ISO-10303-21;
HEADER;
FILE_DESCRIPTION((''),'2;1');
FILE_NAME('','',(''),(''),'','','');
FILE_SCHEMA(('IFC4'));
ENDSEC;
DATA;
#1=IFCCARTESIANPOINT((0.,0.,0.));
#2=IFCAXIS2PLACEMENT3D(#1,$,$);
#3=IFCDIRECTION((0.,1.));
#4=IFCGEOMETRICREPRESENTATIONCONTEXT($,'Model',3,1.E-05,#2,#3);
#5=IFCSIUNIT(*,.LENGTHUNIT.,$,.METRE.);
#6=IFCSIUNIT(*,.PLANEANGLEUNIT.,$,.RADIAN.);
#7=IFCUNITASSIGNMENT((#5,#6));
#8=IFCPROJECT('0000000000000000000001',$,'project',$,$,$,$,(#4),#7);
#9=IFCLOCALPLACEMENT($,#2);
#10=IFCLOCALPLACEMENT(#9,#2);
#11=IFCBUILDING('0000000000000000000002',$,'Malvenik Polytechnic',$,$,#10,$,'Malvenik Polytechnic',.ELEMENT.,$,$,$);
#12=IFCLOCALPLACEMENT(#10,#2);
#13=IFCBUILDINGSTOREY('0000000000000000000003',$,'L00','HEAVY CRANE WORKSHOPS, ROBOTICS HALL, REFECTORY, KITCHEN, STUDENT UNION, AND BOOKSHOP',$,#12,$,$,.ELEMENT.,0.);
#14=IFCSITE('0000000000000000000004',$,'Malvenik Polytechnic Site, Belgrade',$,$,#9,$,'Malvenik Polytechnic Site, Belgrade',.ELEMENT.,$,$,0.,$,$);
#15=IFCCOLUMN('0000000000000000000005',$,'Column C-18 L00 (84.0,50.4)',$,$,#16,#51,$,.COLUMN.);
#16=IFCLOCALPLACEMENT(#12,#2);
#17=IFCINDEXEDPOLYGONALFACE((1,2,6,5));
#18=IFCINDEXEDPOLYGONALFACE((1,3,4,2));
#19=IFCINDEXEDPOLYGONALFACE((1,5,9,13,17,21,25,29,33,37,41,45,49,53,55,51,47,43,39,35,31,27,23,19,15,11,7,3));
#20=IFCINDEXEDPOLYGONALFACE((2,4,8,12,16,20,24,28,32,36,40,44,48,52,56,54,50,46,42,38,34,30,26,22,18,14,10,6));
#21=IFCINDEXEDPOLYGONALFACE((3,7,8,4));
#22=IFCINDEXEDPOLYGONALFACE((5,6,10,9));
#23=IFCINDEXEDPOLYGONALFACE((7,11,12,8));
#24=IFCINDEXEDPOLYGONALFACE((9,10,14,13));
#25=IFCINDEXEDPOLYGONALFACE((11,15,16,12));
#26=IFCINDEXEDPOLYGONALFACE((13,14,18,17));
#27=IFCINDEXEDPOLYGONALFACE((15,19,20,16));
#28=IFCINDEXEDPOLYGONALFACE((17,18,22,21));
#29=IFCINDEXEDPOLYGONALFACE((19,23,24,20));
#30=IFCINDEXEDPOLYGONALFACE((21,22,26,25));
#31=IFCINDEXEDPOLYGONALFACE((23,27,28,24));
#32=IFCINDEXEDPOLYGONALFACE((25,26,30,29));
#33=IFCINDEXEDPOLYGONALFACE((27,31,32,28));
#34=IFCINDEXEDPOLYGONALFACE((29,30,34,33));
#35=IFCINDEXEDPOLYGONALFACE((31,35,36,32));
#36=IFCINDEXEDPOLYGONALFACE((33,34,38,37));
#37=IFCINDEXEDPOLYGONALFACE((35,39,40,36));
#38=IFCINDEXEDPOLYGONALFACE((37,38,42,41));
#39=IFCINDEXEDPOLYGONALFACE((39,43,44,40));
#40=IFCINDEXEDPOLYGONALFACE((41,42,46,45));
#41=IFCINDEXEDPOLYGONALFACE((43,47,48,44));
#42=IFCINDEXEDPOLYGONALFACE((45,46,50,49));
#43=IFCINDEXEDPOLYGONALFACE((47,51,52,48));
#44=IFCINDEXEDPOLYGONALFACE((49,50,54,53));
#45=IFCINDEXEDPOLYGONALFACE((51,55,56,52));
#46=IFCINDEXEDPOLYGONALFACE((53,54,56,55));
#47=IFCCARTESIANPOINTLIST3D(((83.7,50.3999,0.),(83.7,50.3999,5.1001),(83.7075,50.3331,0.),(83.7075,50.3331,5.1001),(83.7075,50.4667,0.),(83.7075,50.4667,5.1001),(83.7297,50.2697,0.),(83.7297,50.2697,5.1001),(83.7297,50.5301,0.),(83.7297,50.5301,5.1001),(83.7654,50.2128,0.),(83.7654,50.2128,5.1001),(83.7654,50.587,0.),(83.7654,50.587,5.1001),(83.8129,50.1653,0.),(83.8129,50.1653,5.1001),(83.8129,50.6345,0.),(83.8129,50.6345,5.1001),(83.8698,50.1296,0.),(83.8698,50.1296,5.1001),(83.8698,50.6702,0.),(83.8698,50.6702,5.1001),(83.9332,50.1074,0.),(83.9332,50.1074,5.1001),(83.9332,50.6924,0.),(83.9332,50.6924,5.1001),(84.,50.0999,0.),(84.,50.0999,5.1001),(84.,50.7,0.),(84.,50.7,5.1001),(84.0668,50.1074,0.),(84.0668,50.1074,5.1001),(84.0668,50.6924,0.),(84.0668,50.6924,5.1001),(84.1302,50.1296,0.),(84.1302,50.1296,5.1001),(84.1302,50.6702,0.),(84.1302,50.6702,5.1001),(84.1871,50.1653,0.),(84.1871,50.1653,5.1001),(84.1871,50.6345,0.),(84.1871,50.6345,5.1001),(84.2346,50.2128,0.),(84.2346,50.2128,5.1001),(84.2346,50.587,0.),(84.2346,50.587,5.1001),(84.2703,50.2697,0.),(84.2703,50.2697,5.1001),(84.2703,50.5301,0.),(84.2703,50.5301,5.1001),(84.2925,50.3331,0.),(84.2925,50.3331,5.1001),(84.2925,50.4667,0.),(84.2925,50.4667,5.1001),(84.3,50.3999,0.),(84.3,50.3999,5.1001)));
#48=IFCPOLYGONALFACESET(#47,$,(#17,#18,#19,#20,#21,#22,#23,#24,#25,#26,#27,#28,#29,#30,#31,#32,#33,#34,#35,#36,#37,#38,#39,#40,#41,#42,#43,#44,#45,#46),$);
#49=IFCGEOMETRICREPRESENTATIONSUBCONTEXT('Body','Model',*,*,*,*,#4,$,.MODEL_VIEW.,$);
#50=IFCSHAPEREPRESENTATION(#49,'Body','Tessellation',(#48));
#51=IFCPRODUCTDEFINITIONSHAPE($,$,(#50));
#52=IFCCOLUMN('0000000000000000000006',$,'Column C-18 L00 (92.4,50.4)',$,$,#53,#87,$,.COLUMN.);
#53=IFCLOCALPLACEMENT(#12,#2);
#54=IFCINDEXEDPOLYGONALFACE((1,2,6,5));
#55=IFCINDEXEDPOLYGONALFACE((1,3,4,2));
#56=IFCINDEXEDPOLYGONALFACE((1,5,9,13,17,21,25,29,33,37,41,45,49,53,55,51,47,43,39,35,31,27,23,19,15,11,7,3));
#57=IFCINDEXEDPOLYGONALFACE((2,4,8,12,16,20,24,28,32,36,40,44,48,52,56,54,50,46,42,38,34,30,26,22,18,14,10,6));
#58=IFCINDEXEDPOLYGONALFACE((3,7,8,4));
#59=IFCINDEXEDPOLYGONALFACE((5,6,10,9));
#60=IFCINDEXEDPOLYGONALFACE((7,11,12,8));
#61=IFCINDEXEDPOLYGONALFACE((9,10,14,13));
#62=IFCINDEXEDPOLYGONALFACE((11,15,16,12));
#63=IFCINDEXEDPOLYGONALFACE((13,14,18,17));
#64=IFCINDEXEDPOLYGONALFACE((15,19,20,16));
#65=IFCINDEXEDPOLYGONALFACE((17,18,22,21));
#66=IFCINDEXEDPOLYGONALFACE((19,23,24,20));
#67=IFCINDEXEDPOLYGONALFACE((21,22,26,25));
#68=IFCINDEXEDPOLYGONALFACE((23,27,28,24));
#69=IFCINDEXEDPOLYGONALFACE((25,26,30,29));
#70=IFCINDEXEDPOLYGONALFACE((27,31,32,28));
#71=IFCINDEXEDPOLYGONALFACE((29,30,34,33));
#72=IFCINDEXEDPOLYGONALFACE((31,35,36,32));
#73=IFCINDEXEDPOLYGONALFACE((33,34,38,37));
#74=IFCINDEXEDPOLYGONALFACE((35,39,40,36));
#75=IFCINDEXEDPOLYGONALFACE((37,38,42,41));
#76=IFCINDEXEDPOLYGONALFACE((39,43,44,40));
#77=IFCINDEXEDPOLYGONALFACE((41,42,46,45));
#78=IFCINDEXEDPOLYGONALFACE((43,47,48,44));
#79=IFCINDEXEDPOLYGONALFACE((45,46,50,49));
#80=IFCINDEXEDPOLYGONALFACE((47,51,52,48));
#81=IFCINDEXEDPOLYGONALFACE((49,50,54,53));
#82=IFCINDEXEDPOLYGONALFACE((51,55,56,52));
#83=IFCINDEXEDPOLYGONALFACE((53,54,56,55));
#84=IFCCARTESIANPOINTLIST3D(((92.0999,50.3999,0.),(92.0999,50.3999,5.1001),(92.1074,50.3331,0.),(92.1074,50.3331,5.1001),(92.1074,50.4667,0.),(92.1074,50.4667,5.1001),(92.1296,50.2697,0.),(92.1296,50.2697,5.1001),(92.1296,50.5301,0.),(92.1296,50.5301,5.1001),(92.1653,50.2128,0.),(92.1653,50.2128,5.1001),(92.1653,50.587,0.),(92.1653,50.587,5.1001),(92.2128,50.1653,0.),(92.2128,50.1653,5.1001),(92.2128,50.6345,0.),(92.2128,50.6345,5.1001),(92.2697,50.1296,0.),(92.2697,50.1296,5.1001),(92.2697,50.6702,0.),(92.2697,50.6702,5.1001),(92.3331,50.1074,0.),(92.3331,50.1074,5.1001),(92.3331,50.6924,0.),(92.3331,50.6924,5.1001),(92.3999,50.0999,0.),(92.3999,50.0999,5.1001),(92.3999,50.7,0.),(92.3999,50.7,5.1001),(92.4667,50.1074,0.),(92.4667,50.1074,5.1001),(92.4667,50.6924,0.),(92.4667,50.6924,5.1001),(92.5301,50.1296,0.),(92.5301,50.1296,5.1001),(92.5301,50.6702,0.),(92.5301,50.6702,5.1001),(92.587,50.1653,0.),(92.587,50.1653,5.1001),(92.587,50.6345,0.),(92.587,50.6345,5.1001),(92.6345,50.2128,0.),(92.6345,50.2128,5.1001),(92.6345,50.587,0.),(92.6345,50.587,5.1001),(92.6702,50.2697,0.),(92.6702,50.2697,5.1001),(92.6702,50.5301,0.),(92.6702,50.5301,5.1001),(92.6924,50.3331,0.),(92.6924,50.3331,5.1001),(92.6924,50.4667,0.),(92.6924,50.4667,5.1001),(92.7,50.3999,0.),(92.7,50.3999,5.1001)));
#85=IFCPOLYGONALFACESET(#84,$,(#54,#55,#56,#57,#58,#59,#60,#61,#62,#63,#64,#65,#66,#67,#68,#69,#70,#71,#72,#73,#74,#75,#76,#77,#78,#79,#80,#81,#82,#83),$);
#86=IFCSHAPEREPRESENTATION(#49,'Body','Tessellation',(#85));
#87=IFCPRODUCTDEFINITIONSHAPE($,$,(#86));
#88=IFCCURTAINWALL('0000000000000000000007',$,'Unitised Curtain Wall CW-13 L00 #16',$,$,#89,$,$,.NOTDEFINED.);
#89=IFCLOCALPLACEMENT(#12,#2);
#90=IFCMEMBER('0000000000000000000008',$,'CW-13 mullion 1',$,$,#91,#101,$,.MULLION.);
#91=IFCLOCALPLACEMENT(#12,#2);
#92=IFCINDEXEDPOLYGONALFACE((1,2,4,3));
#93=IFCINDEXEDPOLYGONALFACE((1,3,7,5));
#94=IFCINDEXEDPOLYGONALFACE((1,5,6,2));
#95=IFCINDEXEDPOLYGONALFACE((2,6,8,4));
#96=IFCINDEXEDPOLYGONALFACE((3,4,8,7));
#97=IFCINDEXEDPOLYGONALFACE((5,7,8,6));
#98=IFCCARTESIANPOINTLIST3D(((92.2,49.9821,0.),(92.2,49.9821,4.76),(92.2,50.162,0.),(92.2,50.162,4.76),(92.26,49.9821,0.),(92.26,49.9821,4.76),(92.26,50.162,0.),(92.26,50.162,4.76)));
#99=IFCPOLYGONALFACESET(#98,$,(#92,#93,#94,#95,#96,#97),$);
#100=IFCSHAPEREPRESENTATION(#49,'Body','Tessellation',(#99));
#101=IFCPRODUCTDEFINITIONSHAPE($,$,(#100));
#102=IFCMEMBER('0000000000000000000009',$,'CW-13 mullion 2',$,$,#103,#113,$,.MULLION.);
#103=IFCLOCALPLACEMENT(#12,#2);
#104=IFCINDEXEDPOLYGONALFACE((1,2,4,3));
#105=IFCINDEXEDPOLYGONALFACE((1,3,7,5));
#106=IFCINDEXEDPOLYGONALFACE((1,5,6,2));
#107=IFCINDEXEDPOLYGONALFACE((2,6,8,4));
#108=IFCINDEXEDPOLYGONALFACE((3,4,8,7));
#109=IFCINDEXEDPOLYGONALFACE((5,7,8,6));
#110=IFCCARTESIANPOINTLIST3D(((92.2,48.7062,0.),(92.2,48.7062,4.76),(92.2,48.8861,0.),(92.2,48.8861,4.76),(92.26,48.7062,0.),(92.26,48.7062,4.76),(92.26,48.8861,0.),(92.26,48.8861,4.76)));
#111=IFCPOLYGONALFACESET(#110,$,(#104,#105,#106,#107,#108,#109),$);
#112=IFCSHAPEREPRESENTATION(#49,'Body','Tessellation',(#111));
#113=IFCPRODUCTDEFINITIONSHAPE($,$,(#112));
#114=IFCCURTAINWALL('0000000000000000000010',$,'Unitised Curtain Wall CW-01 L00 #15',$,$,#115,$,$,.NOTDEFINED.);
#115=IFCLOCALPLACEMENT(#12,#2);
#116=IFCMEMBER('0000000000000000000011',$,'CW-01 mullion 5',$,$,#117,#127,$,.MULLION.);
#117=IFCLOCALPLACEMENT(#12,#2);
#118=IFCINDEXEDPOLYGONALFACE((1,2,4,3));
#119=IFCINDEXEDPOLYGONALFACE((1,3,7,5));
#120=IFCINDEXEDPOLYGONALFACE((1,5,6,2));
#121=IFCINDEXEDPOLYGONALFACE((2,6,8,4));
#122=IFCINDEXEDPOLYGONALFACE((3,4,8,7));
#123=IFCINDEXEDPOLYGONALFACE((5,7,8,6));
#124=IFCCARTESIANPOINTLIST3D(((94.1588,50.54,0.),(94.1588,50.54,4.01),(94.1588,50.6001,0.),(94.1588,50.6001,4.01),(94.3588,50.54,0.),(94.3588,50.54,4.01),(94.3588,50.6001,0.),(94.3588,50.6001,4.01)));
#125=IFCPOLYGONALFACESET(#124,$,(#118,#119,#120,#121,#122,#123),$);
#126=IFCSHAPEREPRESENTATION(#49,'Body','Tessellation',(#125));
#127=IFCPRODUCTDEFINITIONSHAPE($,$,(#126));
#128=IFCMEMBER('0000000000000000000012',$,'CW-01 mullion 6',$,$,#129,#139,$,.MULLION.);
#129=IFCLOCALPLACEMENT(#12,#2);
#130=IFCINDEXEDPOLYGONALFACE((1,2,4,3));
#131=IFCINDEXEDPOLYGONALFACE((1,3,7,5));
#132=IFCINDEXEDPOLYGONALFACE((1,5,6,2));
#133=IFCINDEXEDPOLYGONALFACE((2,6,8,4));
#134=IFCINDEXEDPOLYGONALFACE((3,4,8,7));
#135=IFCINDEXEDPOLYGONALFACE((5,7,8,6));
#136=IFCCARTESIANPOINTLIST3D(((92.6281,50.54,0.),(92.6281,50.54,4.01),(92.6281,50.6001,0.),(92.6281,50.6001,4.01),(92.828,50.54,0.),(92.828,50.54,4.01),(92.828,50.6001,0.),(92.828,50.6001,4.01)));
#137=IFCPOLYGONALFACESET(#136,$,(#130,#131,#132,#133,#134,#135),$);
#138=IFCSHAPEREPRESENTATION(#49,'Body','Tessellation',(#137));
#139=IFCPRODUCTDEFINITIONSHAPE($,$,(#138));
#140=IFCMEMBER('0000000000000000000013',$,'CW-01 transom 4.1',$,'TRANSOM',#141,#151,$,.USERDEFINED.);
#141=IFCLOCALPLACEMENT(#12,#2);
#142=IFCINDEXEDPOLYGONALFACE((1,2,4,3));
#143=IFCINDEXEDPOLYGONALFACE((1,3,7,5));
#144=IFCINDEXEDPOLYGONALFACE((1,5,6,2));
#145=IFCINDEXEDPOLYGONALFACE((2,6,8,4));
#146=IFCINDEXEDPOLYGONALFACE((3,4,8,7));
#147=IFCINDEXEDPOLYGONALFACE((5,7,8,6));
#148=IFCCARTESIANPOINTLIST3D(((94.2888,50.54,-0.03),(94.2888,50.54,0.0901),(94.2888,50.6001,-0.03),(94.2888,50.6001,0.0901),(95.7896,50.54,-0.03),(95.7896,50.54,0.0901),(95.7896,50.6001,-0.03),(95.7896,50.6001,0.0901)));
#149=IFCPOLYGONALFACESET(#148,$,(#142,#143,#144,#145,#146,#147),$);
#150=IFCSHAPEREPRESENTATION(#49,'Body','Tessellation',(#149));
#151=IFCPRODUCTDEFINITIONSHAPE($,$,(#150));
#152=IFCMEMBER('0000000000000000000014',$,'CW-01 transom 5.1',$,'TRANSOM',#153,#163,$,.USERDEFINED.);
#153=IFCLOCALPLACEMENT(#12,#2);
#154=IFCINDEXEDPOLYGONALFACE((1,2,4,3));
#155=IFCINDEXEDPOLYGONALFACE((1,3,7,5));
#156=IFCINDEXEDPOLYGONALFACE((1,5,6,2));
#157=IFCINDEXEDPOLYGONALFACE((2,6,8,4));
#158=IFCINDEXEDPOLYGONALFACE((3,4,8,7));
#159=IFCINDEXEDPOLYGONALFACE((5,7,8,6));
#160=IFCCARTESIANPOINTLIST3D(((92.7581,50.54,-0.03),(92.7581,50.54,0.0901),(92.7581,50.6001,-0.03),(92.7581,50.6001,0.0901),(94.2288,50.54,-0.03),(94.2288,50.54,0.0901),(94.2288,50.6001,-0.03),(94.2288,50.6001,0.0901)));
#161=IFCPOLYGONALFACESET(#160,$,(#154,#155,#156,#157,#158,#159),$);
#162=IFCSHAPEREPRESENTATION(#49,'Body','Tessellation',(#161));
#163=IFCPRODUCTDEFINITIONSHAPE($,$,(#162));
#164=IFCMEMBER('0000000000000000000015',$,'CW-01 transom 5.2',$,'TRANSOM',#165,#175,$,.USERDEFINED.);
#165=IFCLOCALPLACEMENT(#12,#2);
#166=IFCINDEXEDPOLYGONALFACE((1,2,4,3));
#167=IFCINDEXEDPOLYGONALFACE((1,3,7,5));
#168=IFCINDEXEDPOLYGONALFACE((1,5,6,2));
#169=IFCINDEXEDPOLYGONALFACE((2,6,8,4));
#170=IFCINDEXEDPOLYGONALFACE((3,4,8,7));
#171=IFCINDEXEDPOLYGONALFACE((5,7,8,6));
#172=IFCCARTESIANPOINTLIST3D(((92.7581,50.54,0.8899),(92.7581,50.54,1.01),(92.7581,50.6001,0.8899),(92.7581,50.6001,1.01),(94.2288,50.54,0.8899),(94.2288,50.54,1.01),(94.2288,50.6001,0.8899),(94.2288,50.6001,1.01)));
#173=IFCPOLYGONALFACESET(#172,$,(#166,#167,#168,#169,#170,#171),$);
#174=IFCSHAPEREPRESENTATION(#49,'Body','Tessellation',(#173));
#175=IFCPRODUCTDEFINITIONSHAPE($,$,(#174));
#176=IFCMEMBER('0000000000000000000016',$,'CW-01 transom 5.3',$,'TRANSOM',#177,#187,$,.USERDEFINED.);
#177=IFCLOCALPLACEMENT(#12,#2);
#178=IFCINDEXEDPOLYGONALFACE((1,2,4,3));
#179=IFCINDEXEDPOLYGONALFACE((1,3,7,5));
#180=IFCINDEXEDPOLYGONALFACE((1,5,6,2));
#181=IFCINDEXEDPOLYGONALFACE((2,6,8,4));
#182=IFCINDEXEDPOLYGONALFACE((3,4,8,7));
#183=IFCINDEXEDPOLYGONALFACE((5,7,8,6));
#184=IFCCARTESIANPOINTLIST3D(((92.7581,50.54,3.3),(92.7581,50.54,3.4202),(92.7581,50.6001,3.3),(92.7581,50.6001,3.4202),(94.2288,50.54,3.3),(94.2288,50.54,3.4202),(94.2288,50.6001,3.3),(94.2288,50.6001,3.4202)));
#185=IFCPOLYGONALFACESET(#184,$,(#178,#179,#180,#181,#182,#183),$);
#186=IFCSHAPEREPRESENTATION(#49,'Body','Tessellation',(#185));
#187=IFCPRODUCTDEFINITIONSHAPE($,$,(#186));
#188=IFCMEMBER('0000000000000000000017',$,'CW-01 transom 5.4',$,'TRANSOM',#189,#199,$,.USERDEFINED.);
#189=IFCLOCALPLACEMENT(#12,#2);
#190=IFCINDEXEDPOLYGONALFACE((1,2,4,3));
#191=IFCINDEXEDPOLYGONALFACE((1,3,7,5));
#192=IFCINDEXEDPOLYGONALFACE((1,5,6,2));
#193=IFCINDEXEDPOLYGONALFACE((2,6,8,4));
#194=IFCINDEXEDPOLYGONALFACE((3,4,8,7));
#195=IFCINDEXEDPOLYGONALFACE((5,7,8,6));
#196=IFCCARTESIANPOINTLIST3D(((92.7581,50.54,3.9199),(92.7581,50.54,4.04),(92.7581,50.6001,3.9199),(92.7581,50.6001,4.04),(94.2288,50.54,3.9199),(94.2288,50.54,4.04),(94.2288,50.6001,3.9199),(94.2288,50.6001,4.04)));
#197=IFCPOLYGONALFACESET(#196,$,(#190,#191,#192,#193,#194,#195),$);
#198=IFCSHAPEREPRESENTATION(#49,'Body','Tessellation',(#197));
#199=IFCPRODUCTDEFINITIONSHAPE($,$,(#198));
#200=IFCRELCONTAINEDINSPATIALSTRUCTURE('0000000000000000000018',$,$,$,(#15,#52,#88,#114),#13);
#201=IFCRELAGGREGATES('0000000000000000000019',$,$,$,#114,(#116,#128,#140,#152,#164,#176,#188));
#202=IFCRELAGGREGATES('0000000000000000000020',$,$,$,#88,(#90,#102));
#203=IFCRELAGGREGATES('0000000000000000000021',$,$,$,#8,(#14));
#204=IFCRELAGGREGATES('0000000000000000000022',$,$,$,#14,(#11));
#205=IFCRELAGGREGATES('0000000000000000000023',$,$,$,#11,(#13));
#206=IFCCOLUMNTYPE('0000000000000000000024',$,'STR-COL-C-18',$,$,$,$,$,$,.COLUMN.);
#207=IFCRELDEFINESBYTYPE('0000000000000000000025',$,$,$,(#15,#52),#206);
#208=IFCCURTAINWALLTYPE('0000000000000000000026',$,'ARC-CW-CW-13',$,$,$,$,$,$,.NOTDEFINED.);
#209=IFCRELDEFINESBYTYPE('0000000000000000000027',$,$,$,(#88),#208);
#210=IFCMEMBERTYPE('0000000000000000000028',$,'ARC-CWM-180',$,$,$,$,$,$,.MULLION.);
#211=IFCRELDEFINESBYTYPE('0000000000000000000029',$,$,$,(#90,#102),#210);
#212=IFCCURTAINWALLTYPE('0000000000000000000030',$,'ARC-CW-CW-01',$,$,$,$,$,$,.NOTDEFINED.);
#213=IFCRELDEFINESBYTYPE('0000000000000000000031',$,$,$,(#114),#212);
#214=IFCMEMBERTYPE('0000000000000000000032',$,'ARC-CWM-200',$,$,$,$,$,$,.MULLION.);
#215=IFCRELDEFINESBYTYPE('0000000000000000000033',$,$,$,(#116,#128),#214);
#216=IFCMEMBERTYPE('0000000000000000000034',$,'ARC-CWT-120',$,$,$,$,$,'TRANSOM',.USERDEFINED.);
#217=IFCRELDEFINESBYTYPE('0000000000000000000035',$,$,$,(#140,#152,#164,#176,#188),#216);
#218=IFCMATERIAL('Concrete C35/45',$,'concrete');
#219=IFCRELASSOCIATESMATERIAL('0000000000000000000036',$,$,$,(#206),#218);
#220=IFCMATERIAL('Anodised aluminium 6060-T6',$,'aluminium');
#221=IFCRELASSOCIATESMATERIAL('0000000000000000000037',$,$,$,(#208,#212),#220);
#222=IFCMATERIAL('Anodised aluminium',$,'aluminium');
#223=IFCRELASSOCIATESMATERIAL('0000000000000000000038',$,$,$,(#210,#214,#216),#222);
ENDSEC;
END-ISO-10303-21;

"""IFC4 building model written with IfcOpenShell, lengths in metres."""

from ifc_helpers import new_model, si_unit, direction, frame, origin, origin_2d, place, context, subcontext, project, spatial, rectangle, circle, extrude, material, material_profile, profile_set, type_object, element, aggregate, save


model = new_model("IFC4")

# Units and contexts
model_context = context("Model", 3, precision=1e-05, world=origin(), true_north=direction((0.0, 1.0)))
body_context = subcontext(model_context, "Body", "Model", "MODEL_VIEW")
ifc_project = project(units=[si_unit("LENGTHUNIT", "METRE"), si_unit("PLANEANGLEUNIT", "RADIAN")], contexts=[model_context])

# Site, building, storey
site_placement = place(None, origin())
site = spatial("IfcSite", under=ifc_project, at=site_placement, Name="Malvenik Polytechnic Site, Belgrade", LongName="Malvenik Polytechnic Site, Belgrade", CompositionType="ELEMENT", RefElevation=0.0)
building_placement = place(site_placement, origin())
building = spatial("IfcBuilding", under=site, at=building_placement, Name="Malvenik Polytechnic", LongName="Malvenik Polytechnic", CompositionType="ELEMENT")
storey_placement = place(building_placement, origin())
storey = spatial("IfcBuildingStorey", under=building, at=storey_placement, Name="L00", Description="HEAVY CRANE WORKSHOPS, ROBOTICS HALL, REFECTORY, KITCHEN, STUDENT UNION, AND BOOKSHOP", CompositionType="ELEMENT", Elevation=0.0)

# Columns
ifc_material_1 = material(Name="Concrete C35/45", Category="concrete")
ifc_material_profile_1 = material_profile(ifc_material_1, circle(Radius=0.3, at=origin_2d()), Name="RC COL D600")
ifc_profile_set_1 = profile_set([ifc_material_profile_1], Name="Concrete C35/45")
column_type = type_object("IfcColumnType", Name="STR-COL-C-18", PredefinedType="COLUMN", material=ifc_profile_set_1)
for number, where, z_axis, x_axis, name in (
    (1, (84.0, 50.3999, 0.0), (0.0, 0.0, 1.0), (1.0, 0.0, 0.0), "Column C-18 L00 (84.0,50.4)"),
    (2, (92.3999, 50.3999, 0.0), (0.0, 0.0, 1.0), (1.0, 0.0, 0.0), "Column C-18 L00 (92.4,50.4)"),
):
    element("IfcColumn", number, at=place(storey_placement, frame(where, z_axis=z_axis, x_axis=x_axis)), inside=storey, type_object=column_type, Name=name, PredefinedType="COLUMN", context=body_context, shape_type="SweptSolid", body=[
        extrude(circle(Radius=0.3, at=origin_2d()), origin(), (0.0, 0.0, 1.0), 5.1001),
    ])

# Curtain walls, members
ifc_material_2 = material(Name="Anodised aluminium 6060-T6", Category="aluminium")
curtain_wall_type_1 = type_object("IfcCurtainWallType", Name="ARC-CW-CW-13", PredefinedType="NOTDEFINED", material=ifc_material_2)
curtain_wall_1_placement = place(storey_placement, origin())
curtain_wall_1 = element("IfcCurtainWall", 3, at=curtain_wall_1_placement, inside=storey, type_object=curtain_wall_type_1, Name="Unitised Curtain Wall CW-13 L00 #16", PredefinedType="NOTDEFINED")
ifc_material_3 = material(Name="Anodised aluminium", Category="aluminium")
ifc_material_profile_2 = material_profile(ifc_material_3, rectangle(XDim=0.0601, YDim=0.1799, at=origin_2d()), Name="ALU MULLION 60x180")
ifc_profile_set_2 = profile_set([ifc_material_profile_2], Name="Anodised aluminium")
member_type_1 = type_object("IfcMemberType", Name="ARC-CWM-180", PredefinedType="MULLION", material=ifc_profile_set_2)
member_1_placement = place(storey_placement, frame((92.23, 50.072, 0.0), z_axis=(0.0, 0.0, 1.0), x_axis=(1.0, 0.0, 0.0)))
member_1 = element("IfcMember", 4, at=member_1_placement, type_object=member_type_1, Name="CW-13 mullion 1", PredefinedType="MULLION", context=body_context, shape_type="SweptSolid", body=[
    extrude(rectangle(XDim=0.0601, YDim=0.1799, at=origin_2d()), origin(), (0.0, 0.0, 1.0), 4.76),
])
member_2_placement = place(storey_placement, frame((92.23, 48.7961, 0.0), z_axis=(0.0, 0.0, 1.0), x_axis=(1.0, 0.0, 0.0)))
member_2 = element("IfcMember", 5, at=member_2_placement, type_object=member_type_1, Name="CW-13 mullion 2", PredefinedType="MULLION", context=body_context, shape_type="SweptSolid", body=[
    extrude(rectangle(XDim=0.0601, YDim=0.1799, at=origin_2d()), origin(), (0.0, 0.0, 1.0), 4.76),
])
curtain_wall_type_2 = type_object("IfcCurtainWallType", Name="ARC-CW-CW-01", PredefinedType="NOTDEFINED", material=ifc_material_2)
curtain_wall_2_placement = place(storey_placement, origin())
curtain_wall_2 = element("IfcCurtainWall", 6, at=curtain_wall_2_placement, inside=storey, type_object=curtain_wall_type_2, Name="Unitised Curtain Wall CW-01 L00 #15", PredefinedType="NOTDEFINED")
ifc_material_profile_3 = material_profile(ifc_material_3, rectangle(XDim=0.0601, YDim=0.2, at=origin_2d()), Name="ALU MULLION 60x200")
ifc_profile_set_3 = profile_set([ifc_material_profile_3], Name="Anodised aluminium")
member_type_2 = type_object("IfcMemberType", Name="ARC-CWM-200", PredefinedType="MULLION", material=ifc_profile_set_3)
member_3_placement = place(storey_placement, frame((94.2588, 50.5701, 0.0), z_axis=(0.0, 0.0, 1.0), x_axis=(0.0, -1.0, 0.0)))
member_3 = element("IfcMember", 7, at=member_3_placement, type_object=member_type_2, Name="CW-01 mullion 5", PredefinedType="MULLION", context=body_context, shape_type="SweptSolid", body=[
    extrude(rectangle(XDim=0.0601, YDim=0.2, at=origin_2d()), origin(), (0.0, 0.0, 1.0), 4.01),
])
member_4_placement = place(storey_placement, frame((92.728, 50.5701, 0.0), z_axis=(0.0, 0.0, 1.0), x_axis=(0.0, -1.0, 0.0)))
member_4 = element("IfcMember", 8, at=member_4_placement, type_object=member_type_2, Name="CW-01 mullion 6", PredefinedType="MULLION", context=body_context, shape_type="SweptSolid", body=[
    extrude(rectangle(XDim=0.0601, YDim=0.2, at=origin_2d()), origin(), (0.0, 0.0, 1.0), 4.01),
])
ifc_material_profile_4 = material_profile(ifc_material_3, rectangle(XDim=0.0601, YDim=0.1201, at=origin_2d()), Name="ALU TRANSOM 60x120")
ifc_profile_set_4 = profile_set([ifc_material_profile_4], Name="Anodised aluminium")
member_type_3 = type_object("IfcMemberType", Name="ARC-CWT-120", ElementType="TRANSOM", PredefinedType="USERDEFINED", material=ifc_profile_set_4)
member_5_placement = place(storey_placement, frame((95.7896, 50.5701, 0.03), z_axis=(-1.0, 0.0, 0.0), x_axis=(0.0, -1.0, 0.0)))
member_5 = element("IfcMember", 9, at=member_5_placement, type_object=member_type_3, Name="CW-01 transom 4.1", ObjectType="TRANSOM", PredefinedType="USERDEFINED", context=body_context, shape_type="SweptSolid", body=[
    extrude(rectangle(XDim=0.0601, YDim=0.1201, at=origin_2d()), origin(), (0.0, 0.0, 1.0), 1.5007),
])
member_6_placement = place(storey_placement, frame((94.2288, 50.5701, 0.03), z_axis=(-1.0, 0.0, 0.0), x_axis=(0.0, -1.0, 0.0)))
member_6 = element("IfcMember", 10, at=member_6_placement, type_object=member_type_3, Name="CW-01 transom 5.1", ObjectType="TRANSOM", PredefinedType="USERDEFINED", context=body_context, shape_type="SweptSolid", body=[
    extrude(rectangle(XDim=0.0601, YDim=0.1201, at=origin_2d()), origin(), (0.0, 0.0, 1.0), 1.4707),
])
member_7_placement = place(storey_placement, frame((94.2288, 50.5701, 0.95), z_axis=(-1.0, 0.0, 0.0), x_axis=(0.0, -1.0, 0.0)))
member_7 = element("IfcMember", 11, at=member_7_placement, type_object=member_type_3, Name="CW-01 transom 5.2", ObjectType="TRANSOM", PredefinedType="USERDEFINED", context=body_context, shape_type="SweptSolid", body=[
    extrude(rectangle(XDim=0.0601, YDim=0.1201, at=origin_2d()), origin(), (0.0, 0.0, 1.0), 1.4707),
])
member_8_placement = place(storey_placement, frame((94.2288, 50.5701, 3.3601), z_axis=(-1.0, 0.0, 0.0), x_axis=(0.0, -1.0, 0.0)))
member_8 = element("IfcMember", 12, at=member_8_placement, type_object=member_type_3, Name="CW-01 transom 5.3", ObjectType="TRANSOM", PredefinedType="USERDEFINED", context=body_context, shape_type="SweptSolid", body=[
    extrude(rectangle(XDim=0.0601, YDim=0.1201, at=origin_2d()), origin(), (0.0, 0.0, 1.0), 1.4707),
])
member_9_placement = place(storey_placement, frame((94.2288, 50.5701, 3.98), z_axis=(-1.0, 0.0, 0.0), x_axis=(0.0, -1.0, 0.0)))
member_9 = element("IfcMember", 13, at=member_9_placement, type_object=member_type_3, Name="CW-01 transom 5.4", ObjectType="TRANSOM", PredefinedType="USERDEFINED", context=body_context, shape_type="SweptSolid", body=[
    extrude(rectangle(XDim=0.0601, YDim=0.1201, at=origin_2d()), origin(), (0.0, 0.0, 1.0), 1.4707),
])

aggregate(curtain_wall_2, [member_3, member_4, member_5, member_6, member_7, member_8, member_9])
aggregate(curtain_wall_1, [member_1, member_2])

save(model, "model.ifc")
